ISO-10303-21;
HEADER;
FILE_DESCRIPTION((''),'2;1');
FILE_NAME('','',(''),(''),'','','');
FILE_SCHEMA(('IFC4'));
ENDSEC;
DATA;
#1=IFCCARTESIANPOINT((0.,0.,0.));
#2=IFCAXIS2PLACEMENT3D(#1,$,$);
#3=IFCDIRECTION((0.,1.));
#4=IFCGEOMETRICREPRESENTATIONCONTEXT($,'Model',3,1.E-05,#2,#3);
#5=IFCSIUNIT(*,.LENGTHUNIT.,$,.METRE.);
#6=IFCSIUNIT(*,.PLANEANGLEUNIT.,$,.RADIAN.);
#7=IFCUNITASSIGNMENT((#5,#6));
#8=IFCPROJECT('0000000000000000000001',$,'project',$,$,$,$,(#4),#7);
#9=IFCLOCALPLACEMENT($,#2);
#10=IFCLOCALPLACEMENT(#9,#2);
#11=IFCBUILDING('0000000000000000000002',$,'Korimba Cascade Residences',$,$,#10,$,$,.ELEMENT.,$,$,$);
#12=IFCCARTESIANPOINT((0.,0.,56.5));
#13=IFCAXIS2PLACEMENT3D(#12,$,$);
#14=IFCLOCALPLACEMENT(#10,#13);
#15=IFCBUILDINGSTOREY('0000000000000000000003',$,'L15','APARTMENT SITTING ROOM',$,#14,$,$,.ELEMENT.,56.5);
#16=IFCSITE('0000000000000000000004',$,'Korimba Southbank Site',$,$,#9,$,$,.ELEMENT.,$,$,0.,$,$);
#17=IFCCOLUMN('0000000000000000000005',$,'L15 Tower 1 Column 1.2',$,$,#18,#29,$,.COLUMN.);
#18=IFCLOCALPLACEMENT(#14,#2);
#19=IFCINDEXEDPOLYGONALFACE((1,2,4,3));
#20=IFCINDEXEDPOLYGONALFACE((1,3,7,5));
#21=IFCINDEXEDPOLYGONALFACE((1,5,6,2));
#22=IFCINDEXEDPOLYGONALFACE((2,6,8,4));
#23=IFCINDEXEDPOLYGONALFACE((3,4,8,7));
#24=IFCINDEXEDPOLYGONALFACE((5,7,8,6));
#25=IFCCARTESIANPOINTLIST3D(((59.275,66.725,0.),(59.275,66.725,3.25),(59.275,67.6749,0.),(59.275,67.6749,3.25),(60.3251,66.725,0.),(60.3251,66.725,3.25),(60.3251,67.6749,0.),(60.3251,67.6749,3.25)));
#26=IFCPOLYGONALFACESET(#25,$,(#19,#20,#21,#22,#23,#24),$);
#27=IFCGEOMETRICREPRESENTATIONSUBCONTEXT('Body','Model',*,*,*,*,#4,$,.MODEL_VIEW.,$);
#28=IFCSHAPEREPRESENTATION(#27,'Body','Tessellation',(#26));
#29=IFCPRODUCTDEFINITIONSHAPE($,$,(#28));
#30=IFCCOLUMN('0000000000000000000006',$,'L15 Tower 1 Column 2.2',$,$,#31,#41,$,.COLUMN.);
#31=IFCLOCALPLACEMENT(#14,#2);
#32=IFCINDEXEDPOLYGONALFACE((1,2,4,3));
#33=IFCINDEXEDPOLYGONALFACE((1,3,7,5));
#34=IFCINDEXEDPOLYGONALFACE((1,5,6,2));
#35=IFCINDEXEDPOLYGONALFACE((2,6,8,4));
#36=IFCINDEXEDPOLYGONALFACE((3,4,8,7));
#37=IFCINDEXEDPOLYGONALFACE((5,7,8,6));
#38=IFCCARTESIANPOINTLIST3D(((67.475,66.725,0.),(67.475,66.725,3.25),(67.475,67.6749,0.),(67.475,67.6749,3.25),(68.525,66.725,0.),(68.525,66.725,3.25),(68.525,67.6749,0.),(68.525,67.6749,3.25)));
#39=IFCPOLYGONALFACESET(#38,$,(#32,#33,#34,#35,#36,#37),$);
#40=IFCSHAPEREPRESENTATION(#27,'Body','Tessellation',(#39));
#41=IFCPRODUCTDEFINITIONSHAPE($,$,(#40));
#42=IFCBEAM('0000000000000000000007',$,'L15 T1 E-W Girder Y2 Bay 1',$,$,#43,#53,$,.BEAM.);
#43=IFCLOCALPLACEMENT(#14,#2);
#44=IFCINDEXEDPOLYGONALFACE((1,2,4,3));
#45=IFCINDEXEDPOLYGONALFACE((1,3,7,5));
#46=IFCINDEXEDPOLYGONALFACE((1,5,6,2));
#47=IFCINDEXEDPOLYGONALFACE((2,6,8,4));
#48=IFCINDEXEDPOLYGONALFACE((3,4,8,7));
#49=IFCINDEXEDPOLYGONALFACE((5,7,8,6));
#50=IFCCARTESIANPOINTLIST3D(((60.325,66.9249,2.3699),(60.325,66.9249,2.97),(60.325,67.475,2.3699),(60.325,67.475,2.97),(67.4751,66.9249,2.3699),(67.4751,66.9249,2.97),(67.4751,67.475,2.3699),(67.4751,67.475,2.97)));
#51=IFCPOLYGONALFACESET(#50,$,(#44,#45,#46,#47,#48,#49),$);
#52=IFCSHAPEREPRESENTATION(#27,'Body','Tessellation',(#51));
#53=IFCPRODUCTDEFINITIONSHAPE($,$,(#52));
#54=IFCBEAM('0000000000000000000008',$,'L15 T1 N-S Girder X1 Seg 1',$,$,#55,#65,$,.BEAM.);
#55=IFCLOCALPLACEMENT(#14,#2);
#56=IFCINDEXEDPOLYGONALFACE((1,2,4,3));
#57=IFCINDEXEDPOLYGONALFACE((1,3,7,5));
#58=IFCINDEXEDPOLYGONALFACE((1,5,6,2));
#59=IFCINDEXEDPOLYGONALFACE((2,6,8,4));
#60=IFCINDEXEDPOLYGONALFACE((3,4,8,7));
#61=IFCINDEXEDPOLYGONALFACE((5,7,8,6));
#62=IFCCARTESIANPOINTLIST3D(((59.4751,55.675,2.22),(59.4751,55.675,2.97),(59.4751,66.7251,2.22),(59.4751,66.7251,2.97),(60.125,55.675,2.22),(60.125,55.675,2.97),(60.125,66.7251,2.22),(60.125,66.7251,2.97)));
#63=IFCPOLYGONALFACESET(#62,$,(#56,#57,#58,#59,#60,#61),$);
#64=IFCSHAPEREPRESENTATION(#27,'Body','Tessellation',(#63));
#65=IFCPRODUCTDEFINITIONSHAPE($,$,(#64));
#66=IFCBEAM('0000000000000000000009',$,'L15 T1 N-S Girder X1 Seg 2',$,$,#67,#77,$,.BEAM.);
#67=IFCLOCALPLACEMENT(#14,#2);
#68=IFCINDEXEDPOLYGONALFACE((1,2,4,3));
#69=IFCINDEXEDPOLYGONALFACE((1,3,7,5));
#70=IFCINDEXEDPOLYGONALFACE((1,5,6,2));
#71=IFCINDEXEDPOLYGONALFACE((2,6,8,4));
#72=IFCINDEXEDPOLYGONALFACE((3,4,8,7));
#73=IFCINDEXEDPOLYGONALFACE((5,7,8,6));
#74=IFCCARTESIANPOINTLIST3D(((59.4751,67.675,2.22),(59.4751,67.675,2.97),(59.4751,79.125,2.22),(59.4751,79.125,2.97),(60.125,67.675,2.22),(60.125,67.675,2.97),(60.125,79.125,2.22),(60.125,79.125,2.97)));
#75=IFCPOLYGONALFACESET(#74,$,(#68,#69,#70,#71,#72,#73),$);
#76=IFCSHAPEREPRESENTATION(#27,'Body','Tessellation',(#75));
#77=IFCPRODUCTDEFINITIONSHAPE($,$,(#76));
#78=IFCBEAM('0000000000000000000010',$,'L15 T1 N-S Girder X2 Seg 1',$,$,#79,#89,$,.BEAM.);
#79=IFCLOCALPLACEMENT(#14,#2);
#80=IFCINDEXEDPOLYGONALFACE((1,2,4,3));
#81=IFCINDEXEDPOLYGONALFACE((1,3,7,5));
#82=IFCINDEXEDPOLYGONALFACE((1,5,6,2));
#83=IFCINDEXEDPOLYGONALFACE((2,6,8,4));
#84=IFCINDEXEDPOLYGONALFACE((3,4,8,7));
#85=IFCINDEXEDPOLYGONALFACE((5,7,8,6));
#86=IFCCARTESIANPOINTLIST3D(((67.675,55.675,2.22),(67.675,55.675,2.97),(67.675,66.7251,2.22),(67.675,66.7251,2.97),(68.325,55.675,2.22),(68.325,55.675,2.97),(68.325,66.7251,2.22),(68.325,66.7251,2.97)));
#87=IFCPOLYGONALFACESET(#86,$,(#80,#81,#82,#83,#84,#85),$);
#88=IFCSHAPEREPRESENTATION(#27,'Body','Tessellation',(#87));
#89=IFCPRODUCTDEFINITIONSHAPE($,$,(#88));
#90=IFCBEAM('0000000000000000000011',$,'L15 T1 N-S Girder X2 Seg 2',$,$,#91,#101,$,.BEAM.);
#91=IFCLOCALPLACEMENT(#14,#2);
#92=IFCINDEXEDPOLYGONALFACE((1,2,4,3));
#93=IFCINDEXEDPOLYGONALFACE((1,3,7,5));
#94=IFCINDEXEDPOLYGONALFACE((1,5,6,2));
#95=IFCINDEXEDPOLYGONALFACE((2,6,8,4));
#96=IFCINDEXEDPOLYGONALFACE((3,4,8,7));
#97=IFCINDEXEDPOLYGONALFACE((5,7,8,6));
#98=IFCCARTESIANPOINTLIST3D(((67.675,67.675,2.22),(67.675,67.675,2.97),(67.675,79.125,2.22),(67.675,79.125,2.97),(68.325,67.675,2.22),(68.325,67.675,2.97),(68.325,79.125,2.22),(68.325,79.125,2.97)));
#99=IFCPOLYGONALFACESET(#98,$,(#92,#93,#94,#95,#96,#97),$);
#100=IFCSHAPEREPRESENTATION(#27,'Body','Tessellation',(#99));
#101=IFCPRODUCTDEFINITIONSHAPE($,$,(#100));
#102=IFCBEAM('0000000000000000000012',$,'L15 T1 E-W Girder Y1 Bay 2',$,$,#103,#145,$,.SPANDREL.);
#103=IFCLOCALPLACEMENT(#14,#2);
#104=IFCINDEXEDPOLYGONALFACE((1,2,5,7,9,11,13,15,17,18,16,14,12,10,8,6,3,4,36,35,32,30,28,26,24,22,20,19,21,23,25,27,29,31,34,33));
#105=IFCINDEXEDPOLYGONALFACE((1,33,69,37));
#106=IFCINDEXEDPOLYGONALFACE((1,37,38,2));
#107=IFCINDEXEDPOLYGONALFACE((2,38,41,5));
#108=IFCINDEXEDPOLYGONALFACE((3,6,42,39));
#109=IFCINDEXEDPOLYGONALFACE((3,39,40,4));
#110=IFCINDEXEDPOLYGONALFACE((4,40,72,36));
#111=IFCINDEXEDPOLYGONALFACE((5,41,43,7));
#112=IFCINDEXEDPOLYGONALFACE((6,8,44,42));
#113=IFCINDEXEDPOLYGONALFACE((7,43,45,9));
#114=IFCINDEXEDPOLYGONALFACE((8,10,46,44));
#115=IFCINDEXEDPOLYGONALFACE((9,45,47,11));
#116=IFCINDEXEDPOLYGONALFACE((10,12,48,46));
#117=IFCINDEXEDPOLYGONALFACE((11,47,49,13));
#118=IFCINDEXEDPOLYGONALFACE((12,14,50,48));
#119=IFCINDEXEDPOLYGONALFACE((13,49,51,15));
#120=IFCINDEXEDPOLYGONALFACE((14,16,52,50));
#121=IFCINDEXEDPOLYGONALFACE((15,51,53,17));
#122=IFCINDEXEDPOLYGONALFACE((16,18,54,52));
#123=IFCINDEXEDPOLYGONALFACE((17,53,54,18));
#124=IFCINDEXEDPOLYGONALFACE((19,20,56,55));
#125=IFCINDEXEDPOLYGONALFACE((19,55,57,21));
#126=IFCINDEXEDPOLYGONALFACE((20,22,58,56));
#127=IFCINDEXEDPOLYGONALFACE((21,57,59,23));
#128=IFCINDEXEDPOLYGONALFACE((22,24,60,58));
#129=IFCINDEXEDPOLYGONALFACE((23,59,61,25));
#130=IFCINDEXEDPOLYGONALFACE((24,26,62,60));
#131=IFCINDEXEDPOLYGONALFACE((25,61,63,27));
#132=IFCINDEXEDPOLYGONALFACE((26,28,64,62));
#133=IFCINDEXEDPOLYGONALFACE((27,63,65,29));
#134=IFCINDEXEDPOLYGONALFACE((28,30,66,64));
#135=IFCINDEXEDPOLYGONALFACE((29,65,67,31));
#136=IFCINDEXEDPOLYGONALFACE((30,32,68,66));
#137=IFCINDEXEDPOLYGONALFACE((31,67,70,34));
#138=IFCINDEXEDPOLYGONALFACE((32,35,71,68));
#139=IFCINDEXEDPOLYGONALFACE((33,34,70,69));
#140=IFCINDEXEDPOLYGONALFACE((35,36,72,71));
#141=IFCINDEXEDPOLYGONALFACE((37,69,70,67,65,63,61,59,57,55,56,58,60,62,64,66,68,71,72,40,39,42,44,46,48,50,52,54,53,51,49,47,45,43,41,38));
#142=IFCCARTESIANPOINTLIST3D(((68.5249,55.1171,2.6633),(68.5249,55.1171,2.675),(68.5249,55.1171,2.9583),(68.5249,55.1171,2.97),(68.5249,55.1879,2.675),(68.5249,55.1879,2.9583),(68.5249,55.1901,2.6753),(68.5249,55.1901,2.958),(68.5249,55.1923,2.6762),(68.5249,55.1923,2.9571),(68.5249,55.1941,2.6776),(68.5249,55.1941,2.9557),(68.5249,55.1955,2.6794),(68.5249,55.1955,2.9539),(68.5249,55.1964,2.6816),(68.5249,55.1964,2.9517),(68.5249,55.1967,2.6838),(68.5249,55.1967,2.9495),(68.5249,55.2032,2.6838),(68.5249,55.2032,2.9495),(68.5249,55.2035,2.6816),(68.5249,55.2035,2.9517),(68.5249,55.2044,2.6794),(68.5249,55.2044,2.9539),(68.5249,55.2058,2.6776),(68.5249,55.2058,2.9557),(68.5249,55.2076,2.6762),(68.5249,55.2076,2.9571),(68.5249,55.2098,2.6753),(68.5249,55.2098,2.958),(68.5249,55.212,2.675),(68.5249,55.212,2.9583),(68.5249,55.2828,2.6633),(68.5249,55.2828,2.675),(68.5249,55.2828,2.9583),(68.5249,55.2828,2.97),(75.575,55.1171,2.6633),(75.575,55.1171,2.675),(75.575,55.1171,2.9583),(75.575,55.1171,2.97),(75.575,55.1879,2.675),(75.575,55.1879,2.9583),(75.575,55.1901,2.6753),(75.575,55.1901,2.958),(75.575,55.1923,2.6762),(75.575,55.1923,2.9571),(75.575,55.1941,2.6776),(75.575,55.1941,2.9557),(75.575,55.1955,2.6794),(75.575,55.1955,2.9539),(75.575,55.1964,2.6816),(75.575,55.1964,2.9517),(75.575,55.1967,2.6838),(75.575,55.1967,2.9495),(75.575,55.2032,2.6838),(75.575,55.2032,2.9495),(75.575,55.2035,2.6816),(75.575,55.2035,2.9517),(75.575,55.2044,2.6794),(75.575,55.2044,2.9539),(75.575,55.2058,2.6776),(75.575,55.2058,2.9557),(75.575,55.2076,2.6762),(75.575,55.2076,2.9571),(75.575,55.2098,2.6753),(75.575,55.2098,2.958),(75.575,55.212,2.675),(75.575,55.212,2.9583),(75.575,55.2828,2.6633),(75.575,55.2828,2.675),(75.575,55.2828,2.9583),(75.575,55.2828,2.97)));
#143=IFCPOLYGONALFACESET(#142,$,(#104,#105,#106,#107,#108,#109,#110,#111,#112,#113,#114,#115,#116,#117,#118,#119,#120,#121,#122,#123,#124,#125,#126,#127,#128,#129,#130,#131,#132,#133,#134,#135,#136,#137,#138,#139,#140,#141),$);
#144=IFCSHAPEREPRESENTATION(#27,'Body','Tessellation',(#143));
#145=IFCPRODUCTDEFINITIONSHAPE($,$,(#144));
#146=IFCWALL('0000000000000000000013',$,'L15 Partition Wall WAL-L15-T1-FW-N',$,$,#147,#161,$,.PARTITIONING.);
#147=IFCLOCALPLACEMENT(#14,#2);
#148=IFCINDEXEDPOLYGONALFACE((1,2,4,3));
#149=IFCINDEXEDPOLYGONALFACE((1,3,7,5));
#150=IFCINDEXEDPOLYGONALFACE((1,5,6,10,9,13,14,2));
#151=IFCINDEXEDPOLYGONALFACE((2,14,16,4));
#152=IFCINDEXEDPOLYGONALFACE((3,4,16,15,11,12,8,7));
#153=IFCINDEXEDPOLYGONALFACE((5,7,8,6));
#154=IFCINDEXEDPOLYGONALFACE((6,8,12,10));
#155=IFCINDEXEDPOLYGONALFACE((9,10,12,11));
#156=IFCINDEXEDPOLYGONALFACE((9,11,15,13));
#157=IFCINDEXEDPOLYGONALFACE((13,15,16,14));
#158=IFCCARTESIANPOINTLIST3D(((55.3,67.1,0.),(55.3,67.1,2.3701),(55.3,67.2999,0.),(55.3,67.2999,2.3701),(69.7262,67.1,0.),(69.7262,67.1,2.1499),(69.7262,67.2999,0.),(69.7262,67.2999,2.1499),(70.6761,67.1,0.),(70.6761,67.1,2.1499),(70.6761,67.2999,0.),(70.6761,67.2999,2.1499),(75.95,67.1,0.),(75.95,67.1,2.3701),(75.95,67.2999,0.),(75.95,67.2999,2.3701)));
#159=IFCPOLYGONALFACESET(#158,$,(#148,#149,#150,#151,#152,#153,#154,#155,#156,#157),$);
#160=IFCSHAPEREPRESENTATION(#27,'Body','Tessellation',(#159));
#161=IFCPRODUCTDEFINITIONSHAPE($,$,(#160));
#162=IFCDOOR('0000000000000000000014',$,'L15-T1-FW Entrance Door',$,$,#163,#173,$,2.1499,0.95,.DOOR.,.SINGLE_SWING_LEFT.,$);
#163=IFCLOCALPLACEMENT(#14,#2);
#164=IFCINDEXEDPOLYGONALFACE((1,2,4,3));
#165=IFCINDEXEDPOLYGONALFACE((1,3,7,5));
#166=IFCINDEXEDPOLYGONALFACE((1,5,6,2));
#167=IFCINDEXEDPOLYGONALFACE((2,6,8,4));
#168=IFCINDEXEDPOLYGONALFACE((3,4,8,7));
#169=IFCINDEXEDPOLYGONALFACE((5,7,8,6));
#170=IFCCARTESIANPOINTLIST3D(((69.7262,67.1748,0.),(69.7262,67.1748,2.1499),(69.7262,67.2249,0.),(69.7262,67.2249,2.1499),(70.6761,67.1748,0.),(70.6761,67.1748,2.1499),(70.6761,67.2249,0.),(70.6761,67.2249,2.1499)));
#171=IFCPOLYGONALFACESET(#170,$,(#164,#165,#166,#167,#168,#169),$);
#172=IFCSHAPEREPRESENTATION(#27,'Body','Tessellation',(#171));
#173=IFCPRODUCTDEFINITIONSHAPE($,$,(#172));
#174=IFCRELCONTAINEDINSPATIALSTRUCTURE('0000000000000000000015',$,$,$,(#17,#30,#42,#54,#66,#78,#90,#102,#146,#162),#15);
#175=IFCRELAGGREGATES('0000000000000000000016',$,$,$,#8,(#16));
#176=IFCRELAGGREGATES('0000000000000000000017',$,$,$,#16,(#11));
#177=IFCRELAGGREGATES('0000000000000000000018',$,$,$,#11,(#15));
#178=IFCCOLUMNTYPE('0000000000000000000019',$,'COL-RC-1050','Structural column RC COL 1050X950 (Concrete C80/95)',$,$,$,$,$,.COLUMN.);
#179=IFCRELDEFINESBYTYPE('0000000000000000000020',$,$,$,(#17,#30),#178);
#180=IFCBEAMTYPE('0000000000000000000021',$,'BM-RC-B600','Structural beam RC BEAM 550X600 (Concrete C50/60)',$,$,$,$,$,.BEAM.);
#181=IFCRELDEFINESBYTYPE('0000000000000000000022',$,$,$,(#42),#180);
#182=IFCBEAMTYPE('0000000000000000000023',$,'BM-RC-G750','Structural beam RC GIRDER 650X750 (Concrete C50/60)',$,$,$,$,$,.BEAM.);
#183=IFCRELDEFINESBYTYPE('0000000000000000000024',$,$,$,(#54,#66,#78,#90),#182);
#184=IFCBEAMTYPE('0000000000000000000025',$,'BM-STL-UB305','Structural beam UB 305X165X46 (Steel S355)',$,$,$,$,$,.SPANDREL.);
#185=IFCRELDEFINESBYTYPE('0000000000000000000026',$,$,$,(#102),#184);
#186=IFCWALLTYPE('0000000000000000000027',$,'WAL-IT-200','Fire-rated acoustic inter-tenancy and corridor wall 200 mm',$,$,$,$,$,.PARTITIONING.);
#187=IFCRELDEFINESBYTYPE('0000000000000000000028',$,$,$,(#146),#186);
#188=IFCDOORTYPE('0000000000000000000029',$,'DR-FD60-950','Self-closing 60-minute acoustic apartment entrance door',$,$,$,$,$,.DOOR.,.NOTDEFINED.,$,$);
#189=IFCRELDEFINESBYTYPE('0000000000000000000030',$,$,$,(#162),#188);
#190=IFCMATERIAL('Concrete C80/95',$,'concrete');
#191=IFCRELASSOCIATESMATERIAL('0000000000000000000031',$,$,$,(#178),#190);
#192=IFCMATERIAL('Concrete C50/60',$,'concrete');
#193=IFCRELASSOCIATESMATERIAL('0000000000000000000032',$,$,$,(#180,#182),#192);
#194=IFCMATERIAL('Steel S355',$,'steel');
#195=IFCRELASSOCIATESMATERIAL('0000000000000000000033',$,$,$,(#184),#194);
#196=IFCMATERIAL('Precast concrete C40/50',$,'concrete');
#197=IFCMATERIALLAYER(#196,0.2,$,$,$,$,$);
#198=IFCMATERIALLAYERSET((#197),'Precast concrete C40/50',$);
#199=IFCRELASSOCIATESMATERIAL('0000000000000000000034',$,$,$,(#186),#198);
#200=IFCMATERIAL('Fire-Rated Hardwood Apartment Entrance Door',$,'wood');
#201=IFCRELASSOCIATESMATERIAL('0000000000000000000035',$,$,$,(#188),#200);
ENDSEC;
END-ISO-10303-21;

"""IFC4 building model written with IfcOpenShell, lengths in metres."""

from ifc_helpers import new_model, si_unit, direction, frame, frame_2d, origin, origin_2d, place, context, subcontext, project, spatial, rectangle, i_section, extrude, material, layer, layer_set, material_profile, profile_set, type_object, element, fill, save


model = new_model("IFC4")

# Units and contexts
model_context = context("Model", 3, precision=1e-05, world=origin(), true_north=direction((0.0, 1.0)))
body_context = subcontext(model_context, "Body", "Model", "MODEL_VIEW")
ifc_project = project(units=[si_unit("LENGTHUNIT", "METRE"), si_unit("PLANEANGLEUNIT", "RADIAN")], contexts=[model_context])

# Site, building, storey
site_placement = place(None, origin())
site = spatial("IfcSite", under=ifc_project, at=site_placement, Name="Korimba Southbank Site", CompositionType="ELEMENT", RefElevation=0.0)
building_placement = place(site_placement, origin())
building = spatial("IfcBuilding", under=site, at=building_placement, Name="Korimba Cascade Residences", CompositionType="ELEMENT")
storey_placement = place(building_placement, frame((0.0, 0.0, 56.5)))
storey = spatial("IfcBuildingStorey", under=building, at=storey_placement, Name="L15", Description="APARTMENT SITTING ROOM", CompositionType="ELEMENT", Elevation=56.5)

# Columns
ifc_material_1 = material(Name="Concrete C80/95", Category="concrete")
ifc_material_profile_1 = material_profile(ifc_material_1, rectangle(XDim=1.05, YDim=0.95, at=origin_2d()), Name="Concrete C80/95")
ifc_profile_set_1 = profile_set([ifc_material_profile_1], Name="Concrete C80/95")
column_type = type_object("IfcColumnType", Name="COL-RC-1050", Description="Structural column RC COL 1050X950 (Concrete C80/95)", PredefinedType="COLUMN", material=ifc_profile_set_1)
for number, where, z_axis, x_axis, name in (
    (1, (59.8, 67.2, 0.0), (0.0, 0.0, 1.0), (1.0, 0.0, 0.0), "L15 Tower 1 Column 1.2"),
    (2, (68.0, 67.2, 0.0), (0.0, 0.0, 1.0), (1.0, 0.0, 0.0), "L15 Tower 1 Column 2.2"),
):
    element("IfcColumn", number, at=place(storey_placement, frame(where, z_axis=z_axis, x_axis=x_axis)), inside=storey, type_object=column_type, Name=name, PredefinedType="COLUMN", context=body_context, shape_type="SweptSolid", body=[
        extrude(rectangle(XDim=1.05, YDim=0.95, at=origin_2d()), origin(), (0.0, 0.0, 1.0), 3.25),
    ])

# Beams
ifc_material_2 = material(Name="Concrete C50/60", Category="concrete")
ifc_material_profile_2 = material_profile(ifc_material_2, rectangle(XDim=0.55, YDim=0.6001, at=origin_2d()), Name="Concrete C50/60")
ifc_profile_set_2 = profile_set([ifc_material_profile_2], Name="Concrete C50/60")
beam_type_1 = type_object("IfcBeamType", Name="BM-RC-B600", Description="Structural beam RC BEAM 550X600 (Concrete C50/60)", PredefinedType="BEAM", material=ifc_profile_set_2)
beam_1_placement = place(storey_placement, frame((60.325, 67.2, 2.6699), z_axis=(1.0, 0.0, 0.0), x_axis=(0.0, 1.0, 0.0)))
element("IfcBeam", 3, at=beam_1_placement, inside=storey, type_object=beam_type_1, Name="L15 T1 E-W Girder Y2 Bay 1", PredefinedType="BEAM", context=body_context, shape_type="SweptSolid", body=[
    extrude(rectangle(XDim=0.55, YDim=0.6001, at=origin_2d()), origin(), (0.0, 0.0, 1.0), 7.1501),
])
ifc_material_profile_3 = material_profile(ifc_material_2, rectangle(XDim=0.6499, YDim=0.75, at=origin_2d()), Name="Concrete C50/60")
ifc_profile_set_3 = profile_set([ifc_material_profile_3], Name="Concrete C50/60")
beam_type_2 = type_object("IfcBeamType", Name="BM-RC-G750", Description="Structural beam RC GIRDER 650X750 (Concrete C50/60)", PredefinedType="BEAM", material=ifc_profile_set_3)
beam_2_placement = place(storey_placement, frame((59.8, 55.675, 2.595), z_axis=(0.0, 1.0, 0.0), x_axis=(-1.0, 0.0, 0.0)))
element("IfcBeam", 4, at=beam_2_placement, inside=storey, type_object=beam_type_2, Name="L15 T1 N-S Girder X1 Seg 1", PredefinedType="BEAM", context=body_context, shape_type="SweptSolid", body=[
    extrude(rectangle(XDim=0.6499, YDim=0.75, at=origin_2d()), origin(), (0.0, 0.0, 1.0), 11.05),
])
beam_3_placement = place(storey_placement, frame((59.8, 67.675, 2.595), z_axis=(0.0, 1.0, 0.0), x_axis=(-1.0, 0.0, 0.0)))
element("IfcBeam", 5, at=beam_3_placement, inside=storey, type_object=beam_type_2, Name="L15 T1 N-S Girder X1 Seg 2", PredefinedType="BEAM", context=body_context, shape_type="SweptSolid", body=[
    extrude(rectangle(XDim=0.6499, YDim=0.75, at=origin_2d()), origin(), (0.0, 0.0, 1.0), 11.45),
])
beam_4_placement = place(storey_placement, frame((68.0, 55.675, 2.595), z_axis=(0.0, 1.0, 0.0), x_axis=(-1.0, 0.0, 0.0)))
element("IfcBeam", 6, at=beam_4_placement, inside=storey, type_object=beam_type_2, Name="L15 T1 N-S Girder X2 Seg 1", PredefinedType="BEAM", context=body_context, shape_type="SweptSolid", body=[
    extrude(rectangle(XDim=0.6499, YDim=0.75, at=origin_2d()), origin(), (0.0, 0.0, 1.0), 11.05),
])
beam_5_placement = place(storey_placement, frame((68.0, 67.675, 2.595), z_axis=(0.0, 1.0, 0.0), x_axis=(-1.0, 0.0, 0.0)))
element("IfcBeam", 7, at=beam_5_placement, inside=storey, type_object=beam_type_2, Name="L15 T1 N-S Girder X2 Seg 2", PredefinedType="BEAM", context=body_context, shape_type="SweptSolid", body=[
    extrude(rectangle(XDim=0.6499, YDim=0.75, at=origin_2d()), origin(), (0.0, 0.0, 1.0), 11.45),
])
ifc_material_3 = material(Name="Steel S355", Category="steel")
ifc_material_profile_4 = material_profile(ifc_material_3, i_section(OverallWidth=0.1658, OverallDepth=0.3066, WebThickness=0.0066, FlangeThickness=0.0117, FilletRadius=0.0088, at=origin_2d()), Name="Steel S355")
ifc_profile_set_4 = profile_set([ifc_material_profile_4], Name="Steel S355")
beam_type_3 = type_object("IfcBeamType", Name="BM-STL-UB305", Description="Structural beam UB 305X165X46 (Steel S355)", PredefinedType="SPANDREL", material=ifc_profile_set_4)
beam_6_placement = place(storey_placement, frame((68.5249, 55.2, 2.8167), z_axis=(1.0, 0.0, 0.0), x_axis=(0.0, 1.0, 0.0)))
element("IfcBeam", 8, at=beam_6_placement, inside=storey, type_object=beam_type_3, Name="L15 T1 E-W Girder Y1 Bay 2", PredefinedType="SPANDREL", context=body_context, shape_type="SweptSolid", body=[
    extrude(i_section(OverallWidth=0.1658, OverallDepth=0.3066, WebThickness=0.0066, FlangeThickness=0.0117, FilletRadius=0.0088, at=origin_2d()), origin(), (0.0, 0.0, 1.0), 7.05),
])

# Wall, opening, door
ifc_material_4 = material(Name="Precast concrete C40/50", Category="concrete")
ifc_layer_1 = layer(ifc_material_4, 0.2)
ifc_layer_set_1 = layer_set([ifc_layer_1], Name="Precast concrete C40/50")
wall_type_1 = type_object("IfcWallType", Name="WAL-IT-200", Description="Fire-rated acoustic inter-tenancy and corridor wall 200 mm", PredefinedType="PARTITIONING", material=ifc_layer_set_1)
wall_1_placement = place(storey_placement, frame((55.3, 67.2, 0.0), z_axis=(0.0, 0.0, 1.0), x_axis=(1.0, 0.0, 0.0)))
wall_1 = element("IfcWall", 9, at=wall_1_placement, inside=storey, type_object=wall_type_1, Name="L15 Partition Wall WAL-L15-T1-FW-N", PredefinedType="PARTITIONING", context=body_context, shape_type="SweptSolid", body=[
    extrude(rectangle(XDim=20.6499, YDim=0.2, at=frame_2d((10.325, 0.0))), origin(), (0.0, 0.0, 1.0), 2.3701),
])
opening_1_placement = place(wall_1_placement, frame((14.426, 0.0, 0.0)))
opening_1 = element("IfcOpeningElement", 10, at=opening_1_placement, cuts=wall_1, PredefinedType="OPENING", context=body_context, shape_type="SweptSolid", body=[
    extrude(rectangle(XDim=0.95, YDim=2.1499, at=frame_2d((0.4751, 1.075))), frame((0.0, 0.1099, 0.0), z_axis=(0.0, -1.0, 0.0), x_axis=(1.0, 0.0, 0.0)), (0.0, 0.0, 1.0), 0.22),
])
ifc_material_5 = material(Name="Fire-Rated Hardwood Apartment Entrance Door", Category="wood")
door_type_1 = type_object("IfcDoorType", Name="DR-FD60-950", Description="Self-closing 60-minute acoustic apartment entrance door", OperationType="NOTDEFINED", PredefinedType="DOOR", material=ifc_material_5)
door_1_placement = place(opening_1_placement, origin())
door_1 = element("IfcDoor", 11, at=door_1_placement, inside=storey, type_object=door_type_1, Name="L15-T1-FW Entrance Door", OperationType="SINGLE_SWING_LEFT", OverallHeight=2.1499, OverallWidth=0.95, PredefinedType="DOOR", context=body_context, shape_type="SweptSolid", body=[
    extrude(rectangle(XDim=0.95, YDim=2.1499, at=frame_2d((0.4751, 1.075))), frame((0.0, 0.0249, 0.0), z_axis=(0.0, -1.0, 0.0), x_axis=(1.0, 0.0, 0.0)), (0.0, 0.0, 1.0), 0.05),
])
fill(opening_1, door_1)

save(model, "model.ifc")
